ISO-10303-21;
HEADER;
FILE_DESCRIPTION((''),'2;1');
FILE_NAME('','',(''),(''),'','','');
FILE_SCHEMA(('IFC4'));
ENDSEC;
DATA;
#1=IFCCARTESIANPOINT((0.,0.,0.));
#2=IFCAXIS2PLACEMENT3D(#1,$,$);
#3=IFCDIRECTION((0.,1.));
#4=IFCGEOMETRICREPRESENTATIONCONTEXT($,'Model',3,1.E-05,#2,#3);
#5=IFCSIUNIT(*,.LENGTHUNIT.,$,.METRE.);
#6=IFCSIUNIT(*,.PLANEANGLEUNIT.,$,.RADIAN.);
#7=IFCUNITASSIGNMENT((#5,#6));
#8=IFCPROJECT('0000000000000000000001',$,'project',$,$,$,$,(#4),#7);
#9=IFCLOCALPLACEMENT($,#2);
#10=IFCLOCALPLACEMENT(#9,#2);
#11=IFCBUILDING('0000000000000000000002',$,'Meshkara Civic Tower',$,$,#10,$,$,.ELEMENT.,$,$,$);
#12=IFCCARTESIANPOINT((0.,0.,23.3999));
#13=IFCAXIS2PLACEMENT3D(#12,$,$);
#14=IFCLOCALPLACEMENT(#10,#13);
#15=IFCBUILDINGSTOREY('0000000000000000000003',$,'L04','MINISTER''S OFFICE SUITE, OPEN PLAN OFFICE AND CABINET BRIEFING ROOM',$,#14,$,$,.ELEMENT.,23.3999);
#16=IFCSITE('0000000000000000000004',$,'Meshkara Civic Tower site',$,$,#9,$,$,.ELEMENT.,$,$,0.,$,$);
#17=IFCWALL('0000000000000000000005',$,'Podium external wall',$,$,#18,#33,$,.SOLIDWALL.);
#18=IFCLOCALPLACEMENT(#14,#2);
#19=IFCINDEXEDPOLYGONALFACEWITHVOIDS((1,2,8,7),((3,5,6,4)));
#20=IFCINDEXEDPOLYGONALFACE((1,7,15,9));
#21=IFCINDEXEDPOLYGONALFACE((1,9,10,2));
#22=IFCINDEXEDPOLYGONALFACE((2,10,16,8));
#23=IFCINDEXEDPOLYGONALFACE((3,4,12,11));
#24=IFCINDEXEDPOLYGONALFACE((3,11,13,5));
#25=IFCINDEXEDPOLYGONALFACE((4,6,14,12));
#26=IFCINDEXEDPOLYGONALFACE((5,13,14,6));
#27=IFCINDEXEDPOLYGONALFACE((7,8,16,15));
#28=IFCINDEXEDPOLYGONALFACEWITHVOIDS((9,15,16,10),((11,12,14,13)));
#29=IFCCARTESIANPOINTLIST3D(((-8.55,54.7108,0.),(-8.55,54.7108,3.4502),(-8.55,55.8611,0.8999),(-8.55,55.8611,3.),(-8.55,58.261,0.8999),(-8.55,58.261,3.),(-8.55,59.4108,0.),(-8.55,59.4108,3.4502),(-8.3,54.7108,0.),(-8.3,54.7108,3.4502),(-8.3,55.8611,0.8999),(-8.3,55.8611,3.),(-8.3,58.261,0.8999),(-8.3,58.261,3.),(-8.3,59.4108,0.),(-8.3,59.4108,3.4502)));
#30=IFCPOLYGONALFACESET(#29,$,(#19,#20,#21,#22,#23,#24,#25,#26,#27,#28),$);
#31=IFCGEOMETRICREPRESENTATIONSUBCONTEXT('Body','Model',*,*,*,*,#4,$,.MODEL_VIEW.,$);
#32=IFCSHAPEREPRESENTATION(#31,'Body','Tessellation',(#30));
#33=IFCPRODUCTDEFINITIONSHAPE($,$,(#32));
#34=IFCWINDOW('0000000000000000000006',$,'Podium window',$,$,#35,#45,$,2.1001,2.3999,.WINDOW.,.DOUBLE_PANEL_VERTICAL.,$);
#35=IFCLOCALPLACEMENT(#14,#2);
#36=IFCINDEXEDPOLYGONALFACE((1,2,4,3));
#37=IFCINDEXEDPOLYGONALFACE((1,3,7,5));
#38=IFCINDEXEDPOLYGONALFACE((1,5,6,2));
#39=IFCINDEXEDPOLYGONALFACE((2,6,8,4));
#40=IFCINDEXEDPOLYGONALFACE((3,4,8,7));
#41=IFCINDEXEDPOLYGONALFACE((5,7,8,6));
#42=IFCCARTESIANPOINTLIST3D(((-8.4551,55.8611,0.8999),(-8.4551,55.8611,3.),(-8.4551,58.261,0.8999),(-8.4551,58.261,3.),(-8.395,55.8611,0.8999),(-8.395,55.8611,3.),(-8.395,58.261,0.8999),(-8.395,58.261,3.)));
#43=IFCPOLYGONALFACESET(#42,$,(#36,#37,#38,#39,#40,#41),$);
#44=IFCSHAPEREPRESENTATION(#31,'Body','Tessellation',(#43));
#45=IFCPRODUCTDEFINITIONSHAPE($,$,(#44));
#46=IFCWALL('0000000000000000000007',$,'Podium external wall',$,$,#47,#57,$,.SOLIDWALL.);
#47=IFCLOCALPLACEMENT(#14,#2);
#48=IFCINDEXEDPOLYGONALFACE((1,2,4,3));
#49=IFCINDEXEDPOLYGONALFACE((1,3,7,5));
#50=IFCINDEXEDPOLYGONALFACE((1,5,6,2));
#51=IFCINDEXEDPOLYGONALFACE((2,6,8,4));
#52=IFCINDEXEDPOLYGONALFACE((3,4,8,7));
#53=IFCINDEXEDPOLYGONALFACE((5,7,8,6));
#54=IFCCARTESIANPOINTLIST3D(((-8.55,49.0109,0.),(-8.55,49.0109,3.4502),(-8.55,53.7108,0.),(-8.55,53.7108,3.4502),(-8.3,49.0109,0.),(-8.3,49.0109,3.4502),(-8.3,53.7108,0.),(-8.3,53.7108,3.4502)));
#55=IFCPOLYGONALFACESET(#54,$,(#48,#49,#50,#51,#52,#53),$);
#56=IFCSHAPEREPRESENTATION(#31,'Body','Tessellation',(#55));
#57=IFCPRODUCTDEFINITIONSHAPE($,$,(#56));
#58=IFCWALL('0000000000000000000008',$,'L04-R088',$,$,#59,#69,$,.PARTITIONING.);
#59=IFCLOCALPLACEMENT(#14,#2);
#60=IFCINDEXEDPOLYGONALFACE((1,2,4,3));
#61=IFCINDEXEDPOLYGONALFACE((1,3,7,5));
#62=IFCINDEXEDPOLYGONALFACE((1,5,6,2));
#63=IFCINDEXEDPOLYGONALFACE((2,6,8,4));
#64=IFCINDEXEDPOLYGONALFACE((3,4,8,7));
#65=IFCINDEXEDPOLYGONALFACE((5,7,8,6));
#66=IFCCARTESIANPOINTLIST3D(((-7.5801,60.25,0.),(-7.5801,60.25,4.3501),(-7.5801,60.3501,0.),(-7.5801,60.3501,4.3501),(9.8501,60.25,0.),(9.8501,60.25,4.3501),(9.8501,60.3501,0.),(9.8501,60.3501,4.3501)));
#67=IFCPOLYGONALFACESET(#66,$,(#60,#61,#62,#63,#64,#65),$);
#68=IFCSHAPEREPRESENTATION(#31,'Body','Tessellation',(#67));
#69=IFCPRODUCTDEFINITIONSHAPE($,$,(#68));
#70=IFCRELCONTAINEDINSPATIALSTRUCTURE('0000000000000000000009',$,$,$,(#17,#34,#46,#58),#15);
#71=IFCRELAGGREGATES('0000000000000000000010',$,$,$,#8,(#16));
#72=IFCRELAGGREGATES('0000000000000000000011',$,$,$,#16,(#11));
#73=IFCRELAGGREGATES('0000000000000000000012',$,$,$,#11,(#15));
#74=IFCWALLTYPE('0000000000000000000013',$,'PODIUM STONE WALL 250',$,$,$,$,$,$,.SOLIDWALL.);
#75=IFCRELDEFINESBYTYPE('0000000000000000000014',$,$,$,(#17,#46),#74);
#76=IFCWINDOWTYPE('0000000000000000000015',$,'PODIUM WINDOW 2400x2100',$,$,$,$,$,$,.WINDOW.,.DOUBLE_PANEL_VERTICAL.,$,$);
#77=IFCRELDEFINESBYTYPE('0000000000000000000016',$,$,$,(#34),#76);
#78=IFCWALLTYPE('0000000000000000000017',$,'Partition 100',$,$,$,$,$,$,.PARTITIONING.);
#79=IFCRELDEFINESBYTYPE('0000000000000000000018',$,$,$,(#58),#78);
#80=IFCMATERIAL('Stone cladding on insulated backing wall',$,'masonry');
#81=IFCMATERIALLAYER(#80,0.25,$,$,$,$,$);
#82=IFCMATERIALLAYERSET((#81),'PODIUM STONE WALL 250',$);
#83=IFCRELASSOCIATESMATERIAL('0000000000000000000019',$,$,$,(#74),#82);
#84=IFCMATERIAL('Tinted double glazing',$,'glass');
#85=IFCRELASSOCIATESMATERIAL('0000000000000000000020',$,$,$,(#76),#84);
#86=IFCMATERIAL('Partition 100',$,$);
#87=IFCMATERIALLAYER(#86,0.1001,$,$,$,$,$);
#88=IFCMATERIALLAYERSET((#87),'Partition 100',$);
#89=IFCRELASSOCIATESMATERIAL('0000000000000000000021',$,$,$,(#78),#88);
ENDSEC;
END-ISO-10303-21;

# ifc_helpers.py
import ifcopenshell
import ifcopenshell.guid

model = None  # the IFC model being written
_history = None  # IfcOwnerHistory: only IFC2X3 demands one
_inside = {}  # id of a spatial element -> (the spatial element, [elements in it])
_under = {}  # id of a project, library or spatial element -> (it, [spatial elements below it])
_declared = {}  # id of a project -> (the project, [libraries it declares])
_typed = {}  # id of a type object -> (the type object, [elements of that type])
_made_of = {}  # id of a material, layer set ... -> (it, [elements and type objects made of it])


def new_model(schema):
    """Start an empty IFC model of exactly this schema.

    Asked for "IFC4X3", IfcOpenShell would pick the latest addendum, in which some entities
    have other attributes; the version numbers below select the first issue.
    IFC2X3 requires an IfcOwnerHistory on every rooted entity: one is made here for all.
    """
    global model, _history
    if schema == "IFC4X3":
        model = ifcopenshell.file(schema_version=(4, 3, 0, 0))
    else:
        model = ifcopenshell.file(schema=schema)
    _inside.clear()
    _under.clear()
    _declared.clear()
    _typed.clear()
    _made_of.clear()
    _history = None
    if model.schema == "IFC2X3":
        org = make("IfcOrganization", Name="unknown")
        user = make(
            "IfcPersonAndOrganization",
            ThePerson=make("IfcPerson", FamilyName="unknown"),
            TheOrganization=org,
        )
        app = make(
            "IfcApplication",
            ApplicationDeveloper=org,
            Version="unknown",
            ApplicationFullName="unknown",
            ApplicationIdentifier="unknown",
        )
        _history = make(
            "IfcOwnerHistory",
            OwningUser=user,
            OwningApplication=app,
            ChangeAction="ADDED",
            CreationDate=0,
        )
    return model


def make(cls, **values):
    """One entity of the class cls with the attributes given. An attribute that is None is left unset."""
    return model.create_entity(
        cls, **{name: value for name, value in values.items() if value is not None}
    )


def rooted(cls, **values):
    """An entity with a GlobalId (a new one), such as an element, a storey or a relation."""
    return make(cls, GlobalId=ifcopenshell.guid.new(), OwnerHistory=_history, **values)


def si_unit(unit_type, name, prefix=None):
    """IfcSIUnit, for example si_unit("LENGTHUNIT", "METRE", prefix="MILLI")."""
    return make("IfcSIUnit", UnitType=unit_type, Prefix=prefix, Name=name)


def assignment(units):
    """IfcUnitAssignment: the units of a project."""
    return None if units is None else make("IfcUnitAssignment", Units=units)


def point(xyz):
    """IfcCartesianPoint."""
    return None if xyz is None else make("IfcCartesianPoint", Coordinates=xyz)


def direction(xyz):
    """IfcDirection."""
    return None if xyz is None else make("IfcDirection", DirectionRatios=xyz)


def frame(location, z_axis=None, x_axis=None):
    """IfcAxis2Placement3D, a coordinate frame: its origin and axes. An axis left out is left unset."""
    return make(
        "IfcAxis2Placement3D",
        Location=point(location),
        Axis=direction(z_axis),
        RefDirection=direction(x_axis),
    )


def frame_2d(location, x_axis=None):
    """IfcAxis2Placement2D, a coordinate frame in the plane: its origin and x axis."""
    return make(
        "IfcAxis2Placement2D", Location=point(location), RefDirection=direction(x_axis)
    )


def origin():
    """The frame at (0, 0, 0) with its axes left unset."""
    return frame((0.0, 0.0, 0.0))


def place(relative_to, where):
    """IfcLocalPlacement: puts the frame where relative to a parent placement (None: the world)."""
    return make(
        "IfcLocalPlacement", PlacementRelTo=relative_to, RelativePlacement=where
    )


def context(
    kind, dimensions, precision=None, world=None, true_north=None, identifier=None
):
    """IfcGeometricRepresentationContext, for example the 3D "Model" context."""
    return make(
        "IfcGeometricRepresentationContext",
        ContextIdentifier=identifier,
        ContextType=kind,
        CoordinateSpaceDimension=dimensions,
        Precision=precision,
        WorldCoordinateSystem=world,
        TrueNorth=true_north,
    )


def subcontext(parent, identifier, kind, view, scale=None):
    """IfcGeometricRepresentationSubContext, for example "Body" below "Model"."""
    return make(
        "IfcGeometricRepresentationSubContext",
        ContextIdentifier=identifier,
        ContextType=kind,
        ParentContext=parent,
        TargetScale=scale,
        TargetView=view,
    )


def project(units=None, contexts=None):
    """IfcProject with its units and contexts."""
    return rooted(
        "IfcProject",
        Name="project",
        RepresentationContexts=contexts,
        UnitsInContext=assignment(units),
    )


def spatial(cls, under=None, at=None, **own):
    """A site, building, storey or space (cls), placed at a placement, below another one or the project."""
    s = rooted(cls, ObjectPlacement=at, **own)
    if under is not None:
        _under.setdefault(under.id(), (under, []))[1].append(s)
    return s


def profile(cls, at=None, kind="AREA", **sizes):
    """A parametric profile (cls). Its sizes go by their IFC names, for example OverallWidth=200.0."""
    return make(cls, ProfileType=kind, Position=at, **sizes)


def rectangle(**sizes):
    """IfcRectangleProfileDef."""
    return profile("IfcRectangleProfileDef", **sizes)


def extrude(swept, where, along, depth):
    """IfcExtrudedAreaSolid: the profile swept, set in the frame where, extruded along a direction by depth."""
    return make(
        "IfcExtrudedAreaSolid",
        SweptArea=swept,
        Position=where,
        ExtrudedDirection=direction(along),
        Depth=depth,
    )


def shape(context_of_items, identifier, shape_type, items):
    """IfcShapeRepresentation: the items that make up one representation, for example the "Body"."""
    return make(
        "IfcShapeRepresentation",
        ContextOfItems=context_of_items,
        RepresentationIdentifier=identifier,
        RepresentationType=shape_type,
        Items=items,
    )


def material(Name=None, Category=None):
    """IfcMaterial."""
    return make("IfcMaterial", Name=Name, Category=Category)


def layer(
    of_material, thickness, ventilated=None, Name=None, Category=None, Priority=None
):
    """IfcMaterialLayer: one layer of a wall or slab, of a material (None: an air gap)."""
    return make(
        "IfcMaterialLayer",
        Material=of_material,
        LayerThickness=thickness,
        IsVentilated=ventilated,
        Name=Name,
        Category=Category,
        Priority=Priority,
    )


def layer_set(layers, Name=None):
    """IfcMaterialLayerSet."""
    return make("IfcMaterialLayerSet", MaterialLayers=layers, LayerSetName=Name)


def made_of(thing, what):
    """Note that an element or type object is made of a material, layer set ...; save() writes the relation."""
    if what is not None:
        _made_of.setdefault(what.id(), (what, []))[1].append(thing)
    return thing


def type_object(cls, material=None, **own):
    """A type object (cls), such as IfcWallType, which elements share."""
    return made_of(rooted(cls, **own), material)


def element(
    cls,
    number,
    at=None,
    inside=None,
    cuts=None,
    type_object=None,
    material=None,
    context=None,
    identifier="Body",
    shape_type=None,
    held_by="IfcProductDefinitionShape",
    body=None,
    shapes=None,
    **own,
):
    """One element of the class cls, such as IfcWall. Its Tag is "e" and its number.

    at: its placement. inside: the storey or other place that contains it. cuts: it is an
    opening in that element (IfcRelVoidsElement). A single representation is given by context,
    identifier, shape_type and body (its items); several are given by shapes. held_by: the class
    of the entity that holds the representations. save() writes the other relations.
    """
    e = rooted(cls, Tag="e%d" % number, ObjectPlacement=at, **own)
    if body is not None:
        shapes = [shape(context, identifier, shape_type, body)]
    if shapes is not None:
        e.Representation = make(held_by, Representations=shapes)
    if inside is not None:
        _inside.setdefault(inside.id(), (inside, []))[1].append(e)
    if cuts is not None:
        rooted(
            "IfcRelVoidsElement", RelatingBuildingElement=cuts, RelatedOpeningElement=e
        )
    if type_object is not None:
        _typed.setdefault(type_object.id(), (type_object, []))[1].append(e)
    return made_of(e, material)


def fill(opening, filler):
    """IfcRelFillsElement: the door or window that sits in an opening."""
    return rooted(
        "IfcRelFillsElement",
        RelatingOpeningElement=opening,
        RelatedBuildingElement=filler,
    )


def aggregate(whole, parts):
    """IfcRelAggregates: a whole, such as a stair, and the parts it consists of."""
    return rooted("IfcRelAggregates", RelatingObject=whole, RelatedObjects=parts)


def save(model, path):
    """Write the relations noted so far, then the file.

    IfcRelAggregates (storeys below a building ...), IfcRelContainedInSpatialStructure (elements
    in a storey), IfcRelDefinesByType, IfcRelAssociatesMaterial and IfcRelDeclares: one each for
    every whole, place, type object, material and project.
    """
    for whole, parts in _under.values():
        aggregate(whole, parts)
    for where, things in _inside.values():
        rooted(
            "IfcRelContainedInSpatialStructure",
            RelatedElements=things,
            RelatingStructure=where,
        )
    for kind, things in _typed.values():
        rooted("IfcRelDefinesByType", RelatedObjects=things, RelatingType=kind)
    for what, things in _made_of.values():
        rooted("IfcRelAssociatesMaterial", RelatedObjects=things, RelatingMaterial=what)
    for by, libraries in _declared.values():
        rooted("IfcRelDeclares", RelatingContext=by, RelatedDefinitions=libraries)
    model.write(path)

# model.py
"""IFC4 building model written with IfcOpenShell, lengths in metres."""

from ifc_helpers import new_model, si_unit, direction, frame, frame_2d, origin, place, context, subcontext, project, spatial, rectangle, extrude, material, layer, layer_set, type_object, element, fill, save


model = new_model("IFC4")

# Units and contexts
model_context = context("Model", 3, precision=1e-05, world=origin(), true_north=direction((0.0, 1.0)))
body_context = subcontext(model_context, "Body", "Model", "MODEL_VIEW")
ifc_project = project(units=[si_unit("LENGTHUNIT", "METRE"), si_unit("PLANEANGLEUNIT", "RADIAN")], contexts=[model_context])

# Site, building, storey
site_placement = place(None, origin())
site = spatial("IfcSite", under=ifc_project, at=site_placement, Name="Meshkara Civic Tower site", CompositionType="ELEMENT", RefElevation=0.0)
building_placement = place(site_placement, origin())
building = spatial("IfcBuilding", under=site, at=building_placement, Name="Meshkara Civic Tower", CompositionType="ELEMENT")
storey_placement = place(building_placement, frame((0.0, 0.0, 23.3999)))
storey = spatial("IfcBuildingStorey", under=building, at=storey_placement, Name="L04", Description="MINISTER'S OFFICE SUITE, OPEN PLAN OFFICE AND CABINET BRIEFING ROOM", CompositionType="ELEMENT", Elevation=23.3999)

# Shared definitions
ifc_material_1 = material(Name="Stone cladding on insulated backing wall", Category="masonry")
ifc_layer_1 = layer(ifc_material_1, 0.25)
ifc_layer_set_1 = layer_set([ifc_layer_1], Name="PODIUM STONE WALL 250")
wall_type_1 = type_object("IfcWallType", Name="PODIUM STONE WALL 250", PredefinedType="SOLIDWALL", material=ifc_layer_set_1)

# Wall, opening, window
wall_1_placement = place(storey_placement, frame((-8.425, 59.4109, 0.0), z_axis=(0.0, 0.0, 1.0), x_axis=(0.0, -1.0, 0.0)))
wall_1 = element("IfcWall", 1, at=wall_1_placement, inside=storey, type_object=wall_type_1, Name="Podium external wall", PredefinedType="SOLIDWALL", context=body_context, shape_type="SweptSolid", body=[
    extrude(rectangle(XDim=4.7, YDim=0.25, at=frame_2d((2.3501, 0.0))), origin(), (0.0, 0.0, 1.0), 3.4502),
])
opening_placement = place(wall_1_placement, frame((1.1499, 0.0, 0.8999)))
opening = element("IfcOpeningElement", 2, at=opening_placement, cuts=wall_1, PredefinedType="OPENING", context=body_context, shape_type="SweptSolid", body=[
    extrude(rectangle(XDim=2.3999, YDim=2.1001, at=frame_2d((1.2, 1.05))), frame((0.0, 0.135, 0.0), z_axis=(0.0, -1.0, 0.0), x_axis=(1.0, 0.0, 0.0)), (0.0, 0.0, 1.0), 0.27),
])
ifc_material_2 = material(Name="Tinted double glazing", Category="glass")
window_type = type_object("IfcWindowType", Name="PODIUM WINDOW 2400x2100", PartitioningType="DOUBLE_PANEL_VERTICAL", PredefinedType="WINDOW", material=ifc_material_2)
window_placement = place(opening_placement, origin())
window = element("IfcWindow", 3, at=window_placement, inside=storey, type_object=window_type, Name="Podium window", OverallHeight=2.1001, OverallWidth=2.3999, PartitioningType="DOUBLE_PANEL_VERTICAL", PredefinedType="WINDOW", context=body_context, shape_type="SweptSolid", body=[
    extrude(rectangle(XDim=2.3999, YDim=2.1001, at=frame_2d((1.2, 1.05))), frame((0.0, 0.03, 0.0), z_axis=(0.0, -1.0, 0.0), x_axis=(1.0, 0.0, 0.0)), (0.0, 0.0, 1.0), 0.0601),
])
fill(opening, window)

# Walls
wall_2_placement = place(storey_placement, frame((-8.425, 53.7109, 0.0), z_axis=(0.0, 0.0, 1.0), x_axis=(0.0, -1.0, 0.0)))
element("IfcWall", 4, at=wall_2_placement, inside=storey, type_object=wall_type_1, Name="Podium external wall", PredefinedType="SOLIDWALL", context=body_context, shape_type="SweptSolid", body=[
    extrude(rectangle(XDim=4.7, YDim=0.25, at=frame_2d((2.3501, 0.0))), origin(), (0.0, 0.0, 1.0), 3.4502),
])
ifc_material_3 = material(Name="Partition 100")
ifc_layer_2 = layer(ifc_material_3, 0.1001)
ifc_layer_set_2 = layer_set([ifc_layer_2], Name="Partition 100")
wall_type_2 = type_object("IfcWallType", Name="Partition 100", PredefinedType="PARTITIONING", material=ifc_layer_set_2)
wall_3_placement = place(storey_placement, frame((9.8501, 60.3, 0.0), z_axis=(0.0, 0.0, 1.0), x_axis=(-1.0, 0.0, 0.0)))
element("IfcWall", 5, at=wall_3_placement, inside=storey, type_object=wall_type_2, Name="L04-R088", PredefinedType="PARTITIONING", context=body_context, shape_type="SweptSolid", body=[
    extrude(rectangle(XDim=17.4302, YDim=0.1001, at=frame_2d((8.7151, 0.0))), origin(), (0.0, 0.0, 1.0), 4.3501),
])

save(model, "model.ifc")
